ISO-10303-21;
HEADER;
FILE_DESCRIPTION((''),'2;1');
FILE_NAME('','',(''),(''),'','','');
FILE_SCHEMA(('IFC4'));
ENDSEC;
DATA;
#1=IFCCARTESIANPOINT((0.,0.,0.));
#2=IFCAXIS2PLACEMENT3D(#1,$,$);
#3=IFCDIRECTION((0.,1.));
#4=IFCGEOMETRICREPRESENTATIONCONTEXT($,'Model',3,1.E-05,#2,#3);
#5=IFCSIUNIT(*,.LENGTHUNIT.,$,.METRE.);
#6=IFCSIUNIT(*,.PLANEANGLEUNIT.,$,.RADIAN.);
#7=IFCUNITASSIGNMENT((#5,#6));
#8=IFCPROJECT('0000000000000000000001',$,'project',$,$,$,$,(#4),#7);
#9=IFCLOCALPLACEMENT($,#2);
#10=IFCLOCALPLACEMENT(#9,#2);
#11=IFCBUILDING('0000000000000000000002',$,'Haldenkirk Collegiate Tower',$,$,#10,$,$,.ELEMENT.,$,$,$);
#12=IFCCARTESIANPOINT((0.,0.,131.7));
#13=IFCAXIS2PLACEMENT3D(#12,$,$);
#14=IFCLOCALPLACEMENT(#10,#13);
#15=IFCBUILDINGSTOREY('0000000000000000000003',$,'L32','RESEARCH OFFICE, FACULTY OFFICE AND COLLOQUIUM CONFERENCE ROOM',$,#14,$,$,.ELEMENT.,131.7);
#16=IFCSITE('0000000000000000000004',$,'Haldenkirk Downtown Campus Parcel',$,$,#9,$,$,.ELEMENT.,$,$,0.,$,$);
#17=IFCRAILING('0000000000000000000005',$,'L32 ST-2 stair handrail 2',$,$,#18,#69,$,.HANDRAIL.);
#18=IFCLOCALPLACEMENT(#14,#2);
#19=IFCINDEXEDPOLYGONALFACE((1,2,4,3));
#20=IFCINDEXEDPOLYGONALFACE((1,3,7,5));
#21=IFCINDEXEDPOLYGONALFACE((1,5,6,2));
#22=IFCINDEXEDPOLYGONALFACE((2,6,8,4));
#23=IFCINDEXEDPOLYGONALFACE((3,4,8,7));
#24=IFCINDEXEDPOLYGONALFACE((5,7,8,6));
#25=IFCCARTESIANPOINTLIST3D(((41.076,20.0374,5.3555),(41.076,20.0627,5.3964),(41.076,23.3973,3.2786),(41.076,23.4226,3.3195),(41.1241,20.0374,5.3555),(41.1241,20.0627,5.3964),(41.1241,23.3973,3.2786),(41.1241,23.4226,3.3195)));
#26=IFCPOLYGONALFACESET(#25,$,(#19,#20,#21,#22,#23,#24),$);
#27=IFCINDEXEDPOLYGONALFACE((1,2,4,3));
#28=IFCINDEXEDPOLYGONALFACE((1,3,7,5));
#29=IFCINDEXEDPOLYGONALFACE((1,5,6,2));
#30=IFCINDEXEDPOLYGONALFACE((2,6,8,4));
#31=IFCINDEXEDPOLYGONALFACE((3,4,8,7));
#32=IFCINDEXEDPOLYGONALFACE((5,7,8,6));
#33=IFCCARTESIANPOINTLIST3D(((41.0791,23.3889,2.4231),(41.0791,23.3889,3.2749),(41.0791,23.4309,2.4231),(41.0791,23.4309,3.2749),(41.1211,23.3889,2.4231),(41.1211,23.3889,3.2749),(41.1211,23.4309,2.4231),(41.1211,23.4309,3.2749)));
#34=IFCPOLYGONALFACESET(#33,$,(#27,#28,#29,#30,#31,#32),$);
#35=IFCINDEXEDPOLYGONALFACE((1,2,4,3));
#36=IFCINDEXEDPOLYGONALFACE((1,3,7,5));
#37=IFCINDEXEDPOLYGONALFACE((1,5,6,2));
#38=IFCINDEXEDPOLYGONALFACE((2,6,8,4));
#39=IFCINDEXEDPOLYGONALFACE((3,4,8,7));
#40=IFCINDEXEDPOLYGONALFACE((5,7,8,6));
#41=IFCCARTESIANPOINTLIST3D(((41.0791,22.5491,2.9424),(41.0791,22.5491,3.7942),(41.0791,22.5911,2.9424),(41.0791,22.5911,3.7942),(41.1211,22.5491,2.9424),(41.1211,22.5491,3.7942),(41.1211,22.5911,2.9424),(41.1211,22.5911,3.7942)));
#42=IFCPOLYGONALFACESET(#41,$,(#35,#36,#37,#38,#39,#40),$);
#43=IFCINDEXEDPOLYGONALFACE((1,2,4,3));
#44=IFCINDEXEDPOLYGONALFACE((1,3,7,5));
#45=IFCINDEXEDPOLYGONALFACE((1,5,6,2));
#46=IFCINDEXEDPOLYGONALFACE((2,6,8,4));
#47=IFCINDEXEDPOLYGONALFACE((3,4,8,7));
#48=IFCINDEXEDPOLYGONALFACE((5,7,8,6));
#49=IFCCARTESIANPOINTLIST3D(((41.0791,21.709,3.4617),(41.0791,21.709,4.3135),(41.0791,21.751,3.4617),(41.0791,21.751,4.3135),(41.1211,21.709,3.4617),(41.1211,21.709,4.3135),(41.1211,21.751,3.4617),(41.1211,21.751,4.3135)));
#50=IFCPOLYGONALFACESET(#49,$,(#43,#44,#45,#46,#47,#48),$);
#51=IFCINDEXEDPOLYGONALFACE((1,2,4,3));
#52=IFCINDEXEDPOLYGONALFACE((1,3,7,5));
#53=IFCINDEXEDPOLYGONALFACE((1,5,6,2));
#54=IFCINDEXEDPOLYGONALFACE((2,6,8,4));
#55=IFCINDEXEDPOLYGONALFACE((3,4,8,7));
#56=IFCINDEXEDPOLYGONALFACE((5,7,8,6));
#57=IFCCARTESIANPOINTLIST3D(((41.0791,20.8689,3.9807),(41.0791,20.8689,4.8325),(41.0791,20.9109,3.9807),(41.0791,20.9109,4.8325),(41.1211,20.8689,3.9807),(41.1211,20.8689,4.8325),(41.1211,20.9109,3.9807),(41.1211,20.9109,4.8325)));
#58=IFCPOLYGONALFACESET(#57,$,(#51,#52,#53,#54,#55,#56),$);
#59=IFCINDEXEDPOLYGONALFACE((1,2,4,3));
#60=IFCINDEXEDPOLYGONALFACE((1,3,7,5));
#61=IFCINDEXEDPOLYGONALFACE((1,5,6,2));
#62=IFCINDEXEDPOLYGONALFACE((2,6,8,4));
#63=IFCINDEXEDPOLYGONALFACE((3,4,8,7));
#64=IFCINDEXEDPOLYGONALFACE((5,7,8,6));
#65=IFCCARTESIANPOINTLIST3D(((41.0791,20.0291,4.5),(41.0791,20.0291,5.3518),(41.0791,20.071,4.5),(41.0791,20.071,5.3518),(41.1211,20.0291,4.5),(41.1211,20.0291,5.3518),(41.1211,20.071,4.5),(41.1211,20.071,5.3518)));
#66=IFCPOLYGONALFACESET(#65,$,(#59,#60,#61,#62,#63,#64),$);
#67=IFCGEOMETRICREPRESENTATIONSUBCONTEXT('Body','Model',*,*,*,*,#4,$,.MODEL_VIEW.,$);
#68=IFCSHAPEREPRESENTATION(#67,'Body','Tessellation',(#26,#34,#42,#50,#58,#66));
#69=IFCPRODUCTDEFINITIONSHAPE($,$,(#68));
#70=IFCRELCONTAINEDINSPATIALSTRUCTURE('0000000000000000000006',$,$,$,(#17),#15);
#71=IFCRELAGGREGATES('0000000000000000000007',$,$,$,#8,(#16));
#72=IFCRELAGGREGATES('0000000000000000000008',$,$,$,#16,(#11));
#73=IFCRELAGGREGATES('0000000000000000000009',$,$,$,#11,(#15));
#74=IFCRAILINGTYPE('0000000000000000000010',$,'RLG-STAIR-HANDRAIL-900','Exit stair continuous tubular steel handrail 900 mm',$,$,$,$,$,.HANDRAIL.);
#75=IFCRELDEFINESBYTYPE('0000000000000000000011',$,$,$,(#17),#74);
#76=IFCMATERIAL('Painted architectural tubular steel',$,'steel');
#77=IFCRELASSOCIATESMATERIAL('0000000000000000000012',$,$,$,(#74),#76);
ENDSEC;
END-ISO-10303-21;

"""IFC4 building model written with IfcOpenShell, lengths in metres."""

from ifc_helpers import new_model, si_unit, direction, frame, origin, origin_2d, place, context, subcontext, project, spatial, rectangle, extrude, material, type_object, element, save


model = new_model("IFC4")

# Units and contexts
model_context = context("Model", 3, precision=1e-05, world=origin(), true_north=direction((0.0, 1.0)))
body_context = subcontext(model_context, "Body", "Model", "MODEL_VIEW")
ifc_project = project(units=[si_unit("LENGTHUNIT", "METRE"), si_unit("PLANEANGLEUNIT", "RADIAN")], contexts=[model_context])

# Site, building, storey
site_placement = place(None, origin())
site = spatial("IfcSite", under=ifc_project, at=site_placement, Name="Haldenkirk Downtown Campus Parcel", CompositionType="ELEMENT", RefElevation=0.0)
building_placement = place(site_placement, origin())
building = spatial("IfcBuilding", under=site, at=building_placement, Name="Haldenkirk Collegiate Tower", CompositionType="ELEMENT")
storey_placement = place(building_placement, frame((0.0, 0.0, 131.7)))
storey = spatial("IfcBuildingStorey", under=building, at=storey_placement, Name="L32", Description="RESEARCH OFFICE, FACULTY OFFICE AND COLLOQUIUM CONFERENCE ROOM", CompositionType="ELEMENT", Elevation=131.7)

# Railing
ifc_material_1 = material(Name="Painted architectural tubular steel", Category="steel")
railing_type_1 = type_object("IfcRailingType", Name="RLG-STAIR-HANDRAIL-900", Description="Exit stair continuous tubular steel handrail 900 mm", PredefinedType="HANDRAIL", material=ifc_material_1)
railing_1_placement = place(storey_placement, frame((41.1001, 23.4099, 2.4231)))
element("IfcRailing", 1, at=railing_1_placement, inside=storey, type_object=railing_type_1, Name="L32 ST-2 stair handrail 2", PredefinedType="HANDRAIL", context=body_context, shape_type="SweptSolid", body=[
    extrude(rectangle(XDim=0.0481, YDim=0.0481, at=origin_2d()), frame((0.0, 0.0, 0.876), z_axis=(0.0, -0.850606, 0.525803), x_axis=(1.0, 0.0, 0.0)), (0.0, 0.0, 1.0), 3.95),
    extrude(rectangle(XDim=0.042, YDim=0.042, at=origin_2d()), origin(), (0.0, 0.0, 1.0), 0.8518),
    extrude(rectangle(XDim=0.042, YDim=0.042, at=origin_2d()), frame((0.0, -0.8398, 0.5193)), (0.0, 0.0, 1.0), 0.8518),
    extrude(rectangle(XDim=0.042, YDim=0.042, at=origin_2d()), frame((0.0, -1.6799, 1.0386)), (0.0, 0.0, 1.0), 0.8518),
    extrude(rectangle(XDim=0.042, YDim=0.042, at=origin_2d()), frame((0.0, -2.52, 1.5576)), (0.0, 0.0, 1.0), 0.8518),
    extrude(rectangle(XDim=0.042, YDim=0.042, at=origin_2d()), frame((0.0, -3.3599, 2.0769)), (0.0, 0.0, 1.0), 0.8518),
])

save(model, "model.ifc")
